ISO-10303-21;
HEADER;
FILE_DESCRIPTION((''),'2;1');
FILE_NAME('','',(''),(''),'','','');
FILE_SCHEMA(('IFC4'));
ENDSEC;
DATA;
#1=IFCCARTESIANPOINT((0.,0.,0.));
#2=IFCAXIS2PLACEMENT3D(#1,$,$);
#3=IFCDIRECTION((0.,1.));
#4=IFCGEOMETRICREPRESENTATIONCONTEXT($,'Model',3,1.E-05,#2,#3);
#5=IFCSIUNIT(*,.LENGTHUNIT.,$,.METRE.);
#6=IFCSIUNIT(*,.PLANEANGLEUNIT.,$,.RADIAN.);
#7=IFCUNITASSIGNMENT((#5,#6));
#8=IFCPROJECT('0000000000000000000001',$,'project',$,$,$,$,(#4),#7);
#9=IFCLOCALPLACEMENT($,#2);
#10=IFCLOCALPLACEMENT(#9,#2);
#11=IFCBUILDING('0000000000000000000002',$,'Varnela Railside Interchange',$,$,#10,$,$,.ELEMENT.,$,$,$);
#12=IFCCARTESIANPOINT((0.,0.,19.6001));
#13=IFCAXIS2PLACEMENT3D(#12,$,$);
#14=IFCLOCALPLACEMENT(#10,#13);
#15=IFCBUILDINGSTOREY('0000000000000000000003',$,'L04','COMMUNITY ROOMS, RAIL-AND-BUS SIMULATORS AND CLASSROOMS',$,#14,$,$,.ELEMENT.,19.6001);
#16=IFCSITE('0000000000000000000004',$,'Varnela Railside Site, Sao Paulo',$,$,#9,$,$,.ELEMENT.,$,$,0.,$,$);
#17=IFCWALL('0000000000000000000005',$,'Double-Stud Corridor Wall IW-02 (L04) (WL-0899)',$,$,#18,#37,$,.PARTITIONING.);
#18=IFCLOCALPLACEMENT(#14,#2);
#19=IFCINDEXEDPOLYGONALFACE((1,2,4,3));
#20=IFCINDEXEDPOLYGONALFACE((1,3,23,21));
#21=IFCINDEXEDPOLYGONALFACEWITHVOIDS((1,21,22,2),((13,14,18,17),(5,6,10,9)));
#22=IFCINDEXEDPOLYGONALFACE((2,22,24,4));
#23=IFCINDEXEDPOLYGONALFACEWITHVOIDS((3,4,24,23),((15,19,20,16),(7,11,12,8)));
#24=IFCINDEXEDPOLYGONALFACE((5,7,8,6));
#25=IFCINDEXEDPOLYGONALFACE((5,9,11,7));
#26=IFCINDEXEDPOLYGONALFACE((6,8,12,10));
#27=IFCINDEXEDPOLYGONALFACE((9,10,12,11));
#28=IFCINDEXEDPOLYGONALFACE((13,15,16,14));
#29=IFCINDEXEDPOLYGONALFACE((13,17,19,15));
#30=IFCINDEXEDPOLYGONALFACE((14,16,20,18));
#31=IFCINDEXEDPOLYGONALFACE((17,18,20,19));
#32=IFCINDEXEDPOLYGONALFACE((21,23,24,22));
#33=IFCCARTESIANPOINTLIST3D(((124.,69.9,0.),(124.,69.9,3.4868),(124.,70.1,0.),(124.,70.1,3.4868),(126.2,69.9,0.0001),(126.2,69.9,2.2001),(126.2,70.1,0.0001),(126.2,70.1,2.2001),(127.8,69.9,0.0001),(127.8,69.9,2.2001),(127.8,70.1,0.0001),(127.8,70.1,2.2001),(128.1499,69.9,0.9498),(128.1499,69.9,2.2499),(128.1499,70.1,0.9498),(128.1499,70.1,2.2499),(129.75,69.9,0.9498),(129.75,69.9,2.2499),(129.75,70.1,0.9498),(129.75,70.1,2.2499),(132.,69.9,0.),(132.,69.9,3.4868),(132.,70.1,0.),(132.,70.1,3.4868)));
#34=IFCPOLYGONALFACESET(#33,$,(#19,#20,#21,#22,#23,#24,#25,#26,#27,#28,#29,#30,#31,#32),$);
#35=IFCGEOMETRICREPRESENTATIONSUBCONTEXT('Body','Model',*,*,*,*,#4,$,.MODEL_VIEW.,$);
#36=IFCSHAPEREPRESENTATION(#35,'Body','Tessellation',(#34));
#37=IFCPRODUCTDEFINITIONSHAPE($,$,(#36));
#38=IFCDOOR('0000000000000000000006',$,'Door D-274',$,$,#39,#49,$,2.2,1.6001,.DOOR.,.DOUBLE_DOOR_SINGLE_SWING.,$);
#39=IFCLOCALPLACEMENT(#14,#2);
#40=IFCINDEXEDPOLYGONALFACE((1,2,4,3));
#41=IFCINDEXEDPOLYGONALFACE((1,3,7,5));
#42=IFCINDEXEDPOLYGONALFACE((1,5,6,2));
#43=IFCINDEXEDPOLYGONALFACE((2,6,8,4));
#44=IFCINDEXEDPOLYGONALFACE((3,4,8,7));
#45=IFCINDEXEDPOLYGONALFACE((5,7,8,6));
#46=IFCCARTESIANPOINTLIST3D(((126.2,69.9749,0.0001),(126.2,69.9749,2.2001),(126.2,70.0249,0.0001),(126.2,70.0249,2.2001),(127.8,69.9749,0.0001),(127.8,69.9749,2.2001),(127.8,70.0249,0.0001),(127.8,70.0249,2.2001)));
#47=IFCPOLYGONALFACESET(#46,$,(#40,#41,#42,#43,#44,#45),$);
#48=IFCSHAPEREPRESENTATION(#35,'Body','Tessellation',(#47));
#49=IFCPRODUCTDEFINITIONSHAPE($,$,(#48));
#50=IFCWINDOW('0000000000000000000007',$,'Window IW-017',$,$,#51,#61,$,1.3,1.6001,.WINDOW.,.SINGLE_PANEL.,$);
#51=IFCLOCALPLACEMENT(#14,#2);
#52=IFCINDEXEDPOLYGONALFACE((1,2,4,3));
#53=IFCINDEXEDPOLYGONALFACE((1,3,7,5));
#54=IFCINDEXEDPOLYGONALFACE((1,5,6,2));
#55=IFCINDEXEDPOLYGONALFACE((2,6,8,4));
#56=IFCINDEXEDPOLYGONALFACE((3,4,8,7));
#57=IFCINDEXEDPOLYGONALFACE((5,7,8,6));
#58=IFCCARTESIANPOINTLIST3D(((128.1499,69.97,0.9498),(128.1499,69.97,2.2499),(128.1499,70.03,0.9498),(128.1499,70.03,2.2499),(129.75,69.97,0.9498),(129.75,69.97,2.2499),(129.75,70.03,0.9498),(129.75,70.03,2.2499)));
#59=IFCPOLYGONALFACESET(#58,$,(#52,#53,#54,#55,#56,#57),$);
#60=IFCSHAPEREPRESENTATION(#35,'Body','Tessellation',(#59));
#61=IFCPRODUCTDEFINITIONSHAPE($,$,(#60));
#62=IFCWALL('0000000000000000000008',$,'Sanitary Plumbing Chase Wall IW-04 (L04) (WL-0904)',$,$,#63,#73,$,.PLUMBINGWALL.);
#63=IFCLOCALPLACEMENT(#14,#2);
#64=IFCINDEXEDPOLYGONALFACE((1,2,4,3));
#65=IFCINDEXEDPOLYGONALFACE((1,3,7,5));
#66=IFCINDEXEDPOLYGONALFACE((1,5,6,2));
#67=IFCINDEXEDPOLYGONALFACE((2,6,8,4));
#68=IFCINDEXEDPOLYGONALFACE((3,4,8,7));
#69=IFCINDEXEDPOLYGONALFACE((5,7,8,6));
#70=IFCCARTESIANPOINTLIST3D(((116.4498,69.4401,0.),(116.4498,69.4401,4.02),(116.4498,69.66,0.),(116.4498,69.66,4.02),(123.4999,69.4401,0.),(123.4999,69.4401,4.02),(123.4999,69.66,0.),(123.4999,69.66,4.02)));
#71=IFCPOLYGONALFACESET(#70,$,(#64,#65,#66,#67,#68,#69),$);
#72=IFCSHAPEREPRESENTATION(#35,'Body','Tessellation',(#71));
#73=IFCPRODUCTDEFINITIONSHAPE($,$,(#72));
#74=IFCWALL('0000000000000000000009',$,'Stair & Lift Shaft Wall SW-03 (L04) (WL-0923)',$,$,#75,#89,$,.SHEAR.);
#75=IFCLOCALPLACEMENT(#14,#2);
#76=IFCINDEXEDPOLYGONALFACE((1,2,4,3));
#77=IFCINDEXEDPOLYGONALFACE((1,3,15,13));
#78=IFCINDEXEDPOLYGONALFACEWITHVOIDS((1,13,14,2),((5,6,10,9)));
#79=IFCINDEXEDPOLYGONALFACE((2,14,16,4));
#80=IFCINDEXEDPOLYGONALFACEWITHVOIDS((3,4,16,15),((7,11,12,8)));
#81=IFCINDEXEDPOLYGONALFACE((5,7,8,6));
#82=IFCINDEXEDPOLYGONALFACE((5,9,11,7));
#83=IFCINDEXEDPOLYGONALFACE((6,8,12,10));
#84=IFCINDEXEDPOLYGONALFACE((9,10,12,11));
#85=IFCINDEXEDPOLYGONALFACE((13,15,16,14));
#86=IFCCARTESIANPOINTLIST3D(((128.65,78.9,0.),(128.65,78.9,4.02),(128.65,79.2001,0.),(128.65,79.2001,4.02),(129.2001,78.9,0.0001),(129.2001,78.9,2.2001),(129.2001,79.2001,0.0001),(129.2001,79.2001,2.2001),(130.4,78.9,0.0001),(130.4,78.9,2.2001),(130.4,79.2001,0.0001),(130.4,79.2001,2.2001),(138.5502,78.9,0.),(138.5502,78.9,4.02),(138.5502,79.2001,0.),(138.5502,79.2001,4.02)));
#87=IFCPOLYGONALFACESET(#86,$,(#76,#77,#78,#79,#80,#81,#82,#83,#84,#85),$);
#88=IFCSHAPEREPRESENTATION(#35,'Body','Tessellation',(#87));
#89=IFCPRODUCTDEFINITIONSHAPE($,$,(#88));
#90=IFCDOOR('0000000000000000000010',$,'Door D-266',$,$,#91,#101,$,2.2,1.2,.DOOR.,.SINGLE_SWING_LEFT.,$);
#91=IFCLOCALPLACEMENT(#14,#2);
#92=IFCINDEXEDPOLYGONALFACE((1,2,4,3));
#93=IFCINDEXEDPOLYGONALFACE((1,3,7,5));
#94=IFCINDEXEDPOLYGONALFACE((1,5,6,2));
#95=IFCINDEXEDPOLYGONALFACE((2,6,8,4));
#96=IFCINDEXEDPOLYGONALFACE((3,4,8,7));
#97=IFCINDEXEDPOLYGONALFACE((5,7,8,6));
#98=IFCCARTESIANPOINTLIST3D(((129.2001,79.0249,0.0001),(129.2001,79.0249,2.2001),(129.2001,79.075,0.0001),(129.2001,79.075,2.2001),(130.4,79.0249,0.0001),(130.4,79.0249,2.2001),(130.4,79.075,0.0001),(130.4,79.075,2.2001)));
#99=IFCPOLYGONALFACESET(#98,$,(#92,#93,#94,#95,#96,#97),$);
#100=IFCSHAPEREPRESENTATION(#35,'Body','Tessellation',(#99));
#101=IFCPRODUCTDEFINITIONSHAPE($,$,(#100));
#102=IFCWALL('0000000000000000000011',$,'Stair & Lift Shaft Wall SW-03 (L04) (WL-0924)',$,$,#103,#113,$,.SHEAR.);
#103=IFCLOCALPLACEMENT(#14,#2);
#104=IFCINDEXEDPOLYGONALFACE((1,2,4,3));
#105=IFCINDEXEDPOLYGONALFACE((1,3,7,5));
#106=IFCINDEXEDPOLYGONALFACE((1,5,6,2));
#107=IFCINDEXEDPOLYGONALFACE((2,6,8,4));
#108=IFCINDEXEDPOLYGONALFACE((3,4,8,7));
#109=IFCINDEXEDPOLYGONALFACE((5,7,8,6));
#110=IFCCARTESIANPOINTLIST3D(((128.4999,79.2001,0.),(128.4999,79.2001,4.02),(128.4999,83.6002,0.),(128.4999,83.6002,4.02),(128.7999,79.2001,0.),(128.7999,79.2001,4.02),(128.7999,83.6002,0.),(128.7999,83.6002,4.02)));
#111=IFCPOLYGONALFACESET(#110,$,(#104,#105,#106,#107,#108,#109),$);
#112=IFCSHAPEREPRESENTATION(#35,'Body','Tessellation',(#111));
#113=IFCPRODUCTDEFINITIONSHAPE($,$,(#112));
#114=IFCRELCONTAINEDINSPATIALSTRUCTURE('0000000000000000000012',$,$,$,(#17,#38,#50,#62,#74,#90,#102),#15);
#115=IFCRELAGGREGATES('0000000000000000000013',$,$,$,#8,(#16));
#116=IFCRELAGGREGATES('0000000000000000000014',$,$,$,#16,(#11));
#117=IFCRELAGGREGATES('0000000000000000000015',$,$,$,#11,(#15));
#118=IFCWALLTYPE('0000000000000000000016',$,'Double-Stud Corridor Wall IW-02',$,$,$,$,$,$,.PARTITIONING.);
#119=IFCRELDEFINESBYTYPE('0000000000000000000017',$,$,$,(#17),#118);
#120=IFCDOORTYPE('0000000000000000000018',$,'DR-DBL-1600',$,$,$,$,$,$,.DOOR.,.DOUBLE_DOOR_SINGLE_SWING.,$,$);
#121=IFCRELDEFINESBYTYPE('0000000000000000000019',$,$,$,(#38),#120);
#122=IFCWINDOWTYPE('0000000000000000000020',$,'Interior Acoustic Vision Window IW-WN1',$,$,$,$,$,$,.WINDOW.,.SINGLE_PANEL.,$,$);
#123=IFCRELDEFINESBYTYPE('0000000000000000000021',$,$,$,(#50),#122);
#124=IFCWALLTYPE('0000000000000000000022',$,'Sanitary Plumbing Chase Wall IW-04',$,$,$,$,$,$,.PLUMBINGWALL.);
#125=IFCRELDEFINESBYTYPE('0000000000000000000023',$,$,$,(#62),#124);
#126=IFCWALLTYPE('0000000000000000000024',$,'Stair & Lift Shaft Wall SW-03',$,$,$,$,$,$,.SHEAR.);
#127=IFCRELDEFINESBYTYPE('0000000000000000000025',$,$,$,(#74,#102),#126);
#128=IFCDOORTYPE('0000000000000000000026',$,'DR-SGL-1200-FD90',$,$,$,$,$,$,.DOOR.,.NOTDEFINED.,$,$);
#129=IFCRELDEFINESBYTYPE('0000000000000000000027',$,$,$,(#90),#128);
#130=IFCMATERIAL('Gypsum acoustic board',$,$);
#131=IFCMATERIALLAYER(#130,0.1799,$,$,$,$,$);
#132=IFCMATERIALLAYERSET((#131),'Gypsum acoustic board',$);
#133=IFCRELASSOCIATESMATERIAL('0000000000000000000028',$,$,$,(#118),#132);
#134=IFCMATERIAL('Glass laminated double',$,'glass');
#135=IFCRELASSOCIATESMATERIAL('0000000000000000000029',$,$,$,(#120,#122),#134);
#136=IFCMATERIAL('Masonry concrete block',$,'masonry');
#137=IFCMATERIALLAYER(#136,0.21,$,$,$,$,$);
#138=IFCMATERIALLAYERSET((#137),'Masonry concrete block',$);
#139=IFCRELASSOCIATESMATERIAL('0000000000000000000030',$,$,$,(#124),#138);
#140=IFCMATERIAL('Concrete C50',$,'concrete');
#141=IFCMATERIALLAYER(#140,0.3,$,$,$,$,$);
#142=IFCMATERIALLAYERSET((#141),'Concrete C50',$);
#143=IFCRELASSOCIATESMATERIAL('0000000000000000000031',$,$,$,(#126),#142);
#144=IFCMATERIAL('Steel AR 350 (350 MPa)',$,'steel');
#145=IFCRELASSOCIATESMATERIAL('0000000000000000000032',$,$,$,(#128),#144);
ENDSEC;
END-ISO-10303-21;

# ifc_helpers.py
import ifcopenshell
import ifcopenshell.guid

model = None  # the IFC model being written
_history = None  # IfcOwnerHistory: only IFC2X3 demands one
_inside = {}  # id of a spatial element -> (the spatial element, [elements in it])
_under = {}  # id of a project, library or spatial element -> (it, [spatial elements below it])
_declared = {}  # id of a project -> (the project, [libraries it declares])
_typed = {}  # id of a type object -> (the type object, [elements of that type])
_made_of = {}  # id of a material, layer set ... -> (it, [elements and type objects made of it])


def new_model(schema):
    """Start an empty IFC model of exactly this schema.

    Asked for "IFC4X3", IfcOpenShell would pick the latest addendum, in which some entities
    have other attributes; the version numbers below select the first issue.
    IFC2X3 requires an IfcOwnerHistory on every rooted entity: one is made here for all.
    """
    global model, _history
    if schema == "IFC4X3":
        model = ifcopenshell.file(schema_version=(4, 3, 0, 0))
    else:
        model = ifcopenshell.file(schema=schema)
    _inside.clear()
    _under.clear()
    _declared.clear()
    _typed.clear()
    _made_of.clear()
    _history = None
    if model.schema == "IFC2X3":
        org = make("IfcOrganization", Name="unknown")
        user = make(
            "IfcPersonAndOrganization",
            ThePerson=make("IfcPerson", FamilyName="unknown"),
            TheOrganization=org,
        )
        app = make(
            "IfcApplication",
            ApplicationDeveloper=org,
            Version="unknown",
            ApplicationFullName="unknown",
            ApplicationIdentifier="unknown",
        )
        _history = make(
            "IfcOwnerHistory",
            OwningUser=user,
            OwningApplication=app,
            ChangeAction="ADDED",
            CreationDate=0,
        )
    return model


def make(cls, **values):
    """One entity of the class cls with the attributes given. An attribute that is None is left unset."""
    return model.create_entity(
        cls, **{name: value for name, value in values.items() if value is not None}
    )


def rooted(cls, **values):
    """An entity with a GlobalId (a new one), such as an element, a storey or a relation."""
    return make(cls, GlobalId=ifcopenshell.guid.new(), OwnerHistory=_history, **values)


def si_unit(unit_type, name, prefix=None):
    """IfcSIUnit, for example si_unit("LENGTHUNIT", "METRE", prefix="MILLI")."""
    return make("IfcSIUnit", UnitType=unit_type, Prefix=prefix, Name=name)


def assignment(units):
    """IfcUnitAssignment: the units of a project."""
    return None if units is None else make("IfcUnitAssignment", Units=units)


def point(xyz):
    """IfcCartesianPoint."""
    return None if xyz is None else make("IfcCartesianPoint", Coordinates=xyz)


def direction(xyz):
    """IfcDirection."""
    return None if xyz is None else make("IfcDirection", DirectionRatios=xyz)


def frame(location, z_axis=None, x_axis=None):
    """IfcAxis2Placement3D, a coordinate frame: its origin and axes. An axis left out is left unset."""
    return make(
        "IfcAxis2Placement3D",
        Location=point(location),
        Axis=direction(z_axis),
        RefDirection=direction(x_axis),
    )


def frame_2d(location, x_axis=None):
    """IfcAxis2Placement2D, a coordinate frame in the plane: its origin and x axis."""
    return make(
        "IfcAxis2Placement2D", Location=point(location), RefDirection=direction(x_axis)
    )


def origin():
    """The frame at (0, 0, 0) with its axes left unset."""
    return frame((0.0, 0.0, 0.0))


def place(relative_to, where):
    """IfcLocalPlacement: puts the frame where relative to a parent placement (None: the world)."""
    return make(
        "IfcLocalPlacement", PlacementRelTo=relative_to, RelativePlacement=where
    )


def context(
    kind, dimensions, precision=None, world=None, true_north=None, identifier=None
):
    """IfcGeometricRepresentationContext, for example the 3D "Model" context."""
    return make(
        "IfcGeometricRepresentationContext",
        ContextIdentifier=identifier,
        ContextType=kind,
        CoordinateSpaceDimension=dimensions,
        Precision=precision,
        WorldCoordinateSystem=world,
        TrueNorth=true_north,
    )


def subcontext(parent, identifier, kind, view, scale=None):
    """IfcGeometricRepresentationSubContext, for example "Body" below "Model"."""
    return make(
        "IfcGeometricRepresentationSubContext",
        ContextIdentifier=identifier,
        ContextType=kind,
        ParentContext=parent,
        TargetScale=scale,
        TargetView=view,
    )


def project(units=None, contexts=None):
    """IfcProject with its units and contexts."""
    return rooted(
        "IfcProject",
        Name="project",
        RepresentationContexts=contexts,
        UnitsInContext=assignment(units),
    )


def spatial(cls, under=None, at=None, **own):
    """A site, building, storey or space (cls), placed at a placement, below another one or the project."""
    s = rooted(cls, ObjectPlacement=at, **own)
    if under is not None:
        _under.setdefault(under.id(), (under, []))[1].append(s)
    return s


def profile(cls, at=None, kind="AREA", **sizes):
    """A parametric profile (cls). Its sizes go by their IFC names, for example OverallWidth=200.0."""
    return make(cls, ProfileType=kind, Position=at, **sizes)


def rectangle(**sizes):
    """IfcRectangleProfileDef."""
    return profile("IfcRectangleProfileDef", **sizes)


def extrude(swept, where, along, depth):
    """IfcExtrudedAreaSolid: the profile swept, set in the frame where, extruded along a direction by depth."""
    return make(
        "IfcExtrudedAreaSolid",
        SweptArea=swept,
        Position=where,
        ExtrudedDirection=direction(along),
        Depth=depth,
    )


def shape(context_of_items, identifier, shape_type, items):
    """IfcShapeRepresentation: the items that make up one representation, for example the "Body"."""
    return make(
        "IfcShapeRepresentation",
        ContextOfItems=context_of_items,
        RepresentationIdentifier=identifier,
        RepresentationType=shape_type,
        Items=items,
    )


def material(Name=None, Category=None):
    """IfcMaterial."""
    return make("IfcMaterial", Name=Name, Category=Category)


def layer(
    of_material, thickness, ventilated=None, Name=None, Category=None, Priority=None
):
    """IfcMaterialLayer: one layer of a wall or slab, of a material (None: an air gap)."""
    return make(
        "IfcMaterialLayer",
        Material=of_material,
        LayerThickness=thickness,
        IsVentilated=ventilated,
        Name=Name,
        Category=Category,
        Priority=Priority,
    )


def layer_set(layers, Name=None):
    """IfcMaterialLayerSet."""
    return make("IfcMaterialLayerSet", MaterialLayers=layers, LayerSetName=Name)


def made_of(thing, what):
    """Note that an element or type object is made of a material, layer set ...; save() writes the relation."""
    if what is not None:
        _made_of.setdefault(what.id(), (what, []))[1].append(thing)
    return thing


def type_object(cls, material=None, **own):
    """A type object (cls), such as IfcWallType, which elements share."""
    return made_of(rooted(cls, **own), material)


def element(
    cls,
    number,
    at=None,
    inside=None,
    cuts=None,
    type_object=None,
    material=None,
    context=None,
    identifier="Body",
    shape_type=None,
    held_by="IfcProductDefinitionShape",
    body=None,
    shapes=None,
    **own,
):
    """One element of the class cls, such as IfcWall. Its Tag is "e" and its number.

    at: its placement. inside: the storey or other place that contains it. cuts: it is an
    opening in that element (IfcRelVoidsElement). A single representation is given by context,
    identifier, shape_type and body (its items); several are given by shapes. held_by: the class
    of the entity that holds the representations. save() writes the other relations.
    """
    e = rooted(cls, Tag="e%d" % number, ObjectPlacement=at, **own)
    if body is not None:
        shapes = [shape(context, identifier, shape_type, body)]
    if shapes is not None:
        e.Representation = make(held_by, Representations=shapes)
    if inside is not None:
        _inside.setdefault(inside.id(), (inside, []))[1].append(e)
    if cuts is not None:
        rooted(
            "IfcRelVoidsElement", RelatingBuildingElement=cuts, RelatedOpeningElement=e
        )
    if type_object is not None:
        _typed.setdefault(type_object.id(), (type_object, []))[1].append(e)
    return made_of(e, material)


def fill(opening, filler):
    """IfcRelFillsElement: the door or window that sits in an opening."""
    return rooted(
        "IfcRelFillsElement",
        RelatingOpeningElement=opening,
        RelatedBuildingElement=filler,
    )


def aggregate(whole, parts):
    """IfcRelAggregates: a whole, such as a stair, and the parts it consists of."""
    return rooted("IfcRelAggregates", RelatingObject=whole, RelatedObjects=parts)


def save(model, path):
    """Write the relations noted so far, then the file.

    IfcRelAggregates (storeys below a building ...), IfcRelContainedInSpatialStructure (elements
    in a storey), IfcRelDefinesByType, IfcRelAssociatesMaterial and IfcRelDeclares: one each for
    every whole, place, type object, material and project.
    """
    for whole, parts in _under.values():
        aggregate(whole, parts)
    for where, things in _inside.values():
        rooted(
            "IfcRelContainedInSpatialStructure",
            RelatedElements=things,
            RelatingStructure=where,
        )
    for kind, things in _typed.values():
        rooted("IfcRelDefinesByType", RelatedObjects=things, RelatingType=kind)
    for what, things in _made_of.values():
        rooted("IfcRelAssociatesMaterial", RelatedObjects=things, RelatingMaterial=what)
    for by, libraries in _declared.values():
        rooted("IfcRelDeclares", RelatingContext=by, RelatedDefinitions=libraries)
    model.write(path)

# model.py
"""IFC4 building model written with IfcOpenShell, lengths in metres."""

from ifc_helpers import new_model, si_unit, direction, frame, frame_2d, origin, place, context, subcontext, project, spatial, rectangle, extrude, material, layer, layer_set, type_object, element, fill, save


model = new_model("IFC4")

# Units and contexts
model_context = context("Model", 3, precision=1e-05, world=origin(), true_north=direction((0.0, 1.0)))
body_context = subcontext(model_context, "Body", "Model", "MODEL_VIEW")
ifc_project = project(units=[si_unit("LENGTHUNIT", "METRE"), si_unit("PLANEANGLEUNIT", "RADIAN")], contexts=[model_context])

# Site, building, storey
site_placement = place(None, origin())
site = spatial("IfcSite", under=ifc_project, at=site_placement, Name="Varnela Railside Site, Sao Paulo", CompositionType="ELEMENT", RefElevation=0.0)
building_placement = place(site_placement, origin())
building = spatial("IfcBuilding", under=site, at=building_placement, Name="Varnela Railside Interchange", CompositionType="ELEMENT")
storey_placement = place(building_placement, frame((0.0, 0.0, 19.6001)))
storey = spatial("IfcBuildingStorey", under=building, at=storey_placement, Name="L04", Description="COMMUNITY ROOMS, RAIL-AND-BUS SIMULATORS AND CLASSROOMS", CompositionType="ELEMENT", Elevation=19.6001)

# Shared definitions
ifc_material_1 = material(Name="Steel AR 350 (350 MPa)", Category="steel")

# Shared definitions
ifc_material_2 = material(Name="Gypsum acoustic board")
ifc_layer_1 = layer(ifc_material_2, 0.1799)
ifc_layer_set_1 = layer_set([ifc_layer_1], Name="Gypsum acoustic board")
wall_type_1 = type_object("IfcWallType", Name="Double-Stud Corridor Wall IW-02", PredefinedType="PARTITIONING", material=ifc_layer_set_1)

# Wall, openings, door, window
wall_1_placement = place(storey_placement, frame((124.0, 70.0, 0.0), z_axis=(0.0, 0.0, 1.0), x_axis=(1.0, 0.0, 0.0)))
wall_1 = element("IfcWall", 1, at=wall_1_placement, inside=storey, type_object=wall_type_1, Name="Double-Stud Corridor Wall IW-02 (L04) (WL-0899)", PredefinedType="PARTITIONING", context=body_context, shape_type="SweptSolid", body=[
    extrude(rectangle(XDim=8.0, YDim=0.2, at=frame_2d((4.0, 0.0))), origin(), (0.0, 0.0, 1.0), 3.4868),
])
opening_1_placement = place(wall_1_placement, frame((2.2, 0.0, 0.0)))
opening_1 = element("IfcOpeningElement", 2, at=opening_1_placement, cuts=wall_1, PredefinedType="OPENING", context=body_context, shape_type="SweptSolid", body=[
    extrude(rectangle(XDim=1.6001, YDim=2.2, at=frame_2d((0.8, 1.1001))), frame((0.0, 0.1099, 0.0), z_axis=(0.0, -1.0, 0.0), x_axis=(1.0, 0.0, 0.0)), (0.0, 0.0, 1.0), 0.22),
])
opening_2_placement = place(wall_1_placement, frame((4.1499, 0.0, 0.95)))
opening_2 = element("IfcOpeningElement", 3, at=opening_2_placement, cuts=wall_1, PredefinedType="OPENING", context=body_context, shape_type="SweptSolid", body=[
    extrude(rectangle(XDim=1.6001, YDim=1.3, at=frame_2d((0.8, 0.6499))), frame((0.0, 0.1099, 0.0), z_axis=(0.0, -1.0, 0.0), x_axis=(1.0, 0.0, 0.0)), (0.0, 0.0, 1.0), 0.22),
])
ifc_material_3 = material(Name="Glass laminated double", Category="glass")
door_type_1 = type_object("IfcDoorType", Name="DR-DBL-1600", OperationType="DOUBLE_DOOR_SINGLE_SWING", PredefinedType="DOOR", material=ifc_material_3)
door_1_placement = place(opening_1_placement, origin())
door_1 = element("IfcDoor", 4, at=door_1_placement, inside=storey, type_object=door_type_1, Name="Door D-274", OperationType="DOUBLE_DOOR_SINGLE_SWING", OverallHeight=2.2, OverallWidth=1.6001, PredefinedType="DOOR", context=body_context, shape_type="SweptSolid", body=[
    extrude(rectangle(XDim=1.6001, YDim=2.2, at=frame_2d((0.8, 1.1001))), frame((0.0, 0.0249, 0.0), z_axis=(0.0, -1.0, 0.0), x_axis=(1.0, 0.0, 0.0)), (0.0, 0.0, 1.0), 0.05),
])
fill(opening_1, door_1)
window_type = type_object("IfcWindowType", Name="Interior Acoustic Vision Window IW-WN1", PartitioningType="SINGLE_PANEL", PredefinedType="WINDOW", material=ifc_material_3)
window_placement = place(opening_2_placement, origin())
window = element("IfcWindow", 5, at=window_placement, inside=storey, type_object=window_type, Name="Window IW-017", OverallHeight=1.3, OverallWidth=1.6001, PartitioningType="SINGLE_PANEL", PredefinedType="WINDOW", context=body_context, shape_type="SweptSolid", body=[
    extrude(rectangle(XDim=1.6001, YDim=1.3, at=frame_2d((0.8, 0.6499))), frame((0.0, 0.03, 0.0), z_axis=(0.0, -1.0, 0.0), x_axis=(1.0, 0.0, 0.0)), (0.0, 0.0, 1.0), 0.0601),
])
fill(opening_2, window)

# Wall
ifc_material_4 = material(Name="Masonry concrete block", Category="masonry")
ifc_layer_2 = layer(ifc_material_4, 0.21)
ifc_layer_set_2 = layer_set([ifc_layer_2], Name="Masonry concrete block")
wall_type_2 = type_object("IfcWallType", Name="Sanitary Plumbing Chase Wall IW-04", PredefinedType="PLUMBINGWALL", material=ifc_layer_set_2)
wall_2_placement = place(storey_placement, frame((116.45, 69.55, 0.0), z_axis=(0.0, 0.0, 1.0), x_axis=(1.0, 0.0, 0.0)))
element("IfcWall", 6, at=wall_2_placement, inside=storey, type_object=wall_type_2, Name="Sanitary Plumbing Chase Wall IW-04 (L04) (WL-0904)", PredefinedType="PLUMBINGWALL", context=body_context, shape_type="SweptSolid", body=[
    extrude(rectangle(XDim=7.05, YDim=0.22, at=frame_2d((3.5249, 0.0))), origin(), (0.0, 0.0, 1.0), 4.02),
])

# Wall, opening, door
ifc_material_5 = material(Name="Concrete C50", Category="concrete")
ifc_layer_3 = layer(ifc_material_5, 0.3)
ifc_layer_set_3 = layer_set([ifc_layer_3], Name="Concrete C50")
wall_type_3 = type_object("IfcWallType", Name="Stair & Lift Shaft Wall SW-03", PredefinedType="SHEAR", material=ifc_layer_set_3)
wall_3_placement = place(storey_placement, frame((128.6499, 79.05, 0.0), z_axis=(0.0, 0.0, 1.0), x_axis=(1.0, 0.0, 0.0)))
wall_3 = element("IfcWall", 7, at=wall_3_placement, inside=storey, type_object=wall_type_3, Name="Stair & Lift Shaft Wall SW-03 (L04) (WL-0923)", PredefinedType="SHEAR", context=body_context, shape_type="SweptSolid", body=[
    extrude(rectangle(XDim=9.9001, YDim=0.3, at=frame_2d((4.9502, 0.0))), origin(), (0.0, 0.0, 1.0), 4.02),
])
opening_3_placement = place(wall_3_placement, frame((0.55, 0.0, 0.0)))
opening_3 = element("IfcOpeningElement", 8, at=opening_3_placement, cuts=wall_3, PredefinedType="OPENING", context=body_context, shape_type="SweptSolid", body=[
    extrude(rectangle(XDim=1.2, YDim=2.2, at=frame_2d((0.6001, 1.1001))), frame((0.0, 0.1599, 0.0), z_axis=(0.0, -1.0, 0.0), x_axis=(1.0, 0.0, 0.0)), (0.0, 0.0, 1.0), 0.3201),
])
door_type_2 = type_object("IfcDoorType", Name="DR-SGL-1200-FD90", OperationType="NOTDEFINED", PredefinedType="DOOR", material=ifc_material_1)
door_2_placement = place(opening_3_placement, origin())
door_2 = element("IfcDoor", 9, at=door_2_placement, inside=storey, type_object=door_type_2, Name="Door D-266", OperationType="SINGLE_SWING_LEFT", OverallHeight=2.2, OverallWidth=1.2, PredefinedType="DOOR", context=body_context, shape_type="SweptSolid", body=[
    extrude(rectangle(XDim=1.2, YDim=2.2, at=frame_2d((0.6001, 1.1001))), frame((0.0, 0.0249, 0.0), z_axis=(0.0, -1.0, 0.0), x_axis=(1.0, 0.0, 0.0)), (0.0, 0.0, 1.0), 0.05),
])
fill(opening_3, door_2)

# Wall
wall_4_placement = place(storey_placement, frame((128.6499, 79.2, 0.0), z_axis=(0.0, 0.0, 1.0), x_axis=(0.0, 1.0, 0.0)))
element("IfcWall", 10, at=wall_4_placement, inside=storey, type_object=wall_type_3, Name="Stair & Lift Shaft Wall SW-03 (L04) (WL-0924)", PredefinedType="SHEAR", context=body_context, shape_type="SweptSolid", body=[
    extrude(rectangle(XDim=4.4001, YDim=0.3, at=frame_2d((2.2002, 0.0))), origin(), (0.0, 0.0, 1.0), 4.02),
])

save(model, "model.ifc")
